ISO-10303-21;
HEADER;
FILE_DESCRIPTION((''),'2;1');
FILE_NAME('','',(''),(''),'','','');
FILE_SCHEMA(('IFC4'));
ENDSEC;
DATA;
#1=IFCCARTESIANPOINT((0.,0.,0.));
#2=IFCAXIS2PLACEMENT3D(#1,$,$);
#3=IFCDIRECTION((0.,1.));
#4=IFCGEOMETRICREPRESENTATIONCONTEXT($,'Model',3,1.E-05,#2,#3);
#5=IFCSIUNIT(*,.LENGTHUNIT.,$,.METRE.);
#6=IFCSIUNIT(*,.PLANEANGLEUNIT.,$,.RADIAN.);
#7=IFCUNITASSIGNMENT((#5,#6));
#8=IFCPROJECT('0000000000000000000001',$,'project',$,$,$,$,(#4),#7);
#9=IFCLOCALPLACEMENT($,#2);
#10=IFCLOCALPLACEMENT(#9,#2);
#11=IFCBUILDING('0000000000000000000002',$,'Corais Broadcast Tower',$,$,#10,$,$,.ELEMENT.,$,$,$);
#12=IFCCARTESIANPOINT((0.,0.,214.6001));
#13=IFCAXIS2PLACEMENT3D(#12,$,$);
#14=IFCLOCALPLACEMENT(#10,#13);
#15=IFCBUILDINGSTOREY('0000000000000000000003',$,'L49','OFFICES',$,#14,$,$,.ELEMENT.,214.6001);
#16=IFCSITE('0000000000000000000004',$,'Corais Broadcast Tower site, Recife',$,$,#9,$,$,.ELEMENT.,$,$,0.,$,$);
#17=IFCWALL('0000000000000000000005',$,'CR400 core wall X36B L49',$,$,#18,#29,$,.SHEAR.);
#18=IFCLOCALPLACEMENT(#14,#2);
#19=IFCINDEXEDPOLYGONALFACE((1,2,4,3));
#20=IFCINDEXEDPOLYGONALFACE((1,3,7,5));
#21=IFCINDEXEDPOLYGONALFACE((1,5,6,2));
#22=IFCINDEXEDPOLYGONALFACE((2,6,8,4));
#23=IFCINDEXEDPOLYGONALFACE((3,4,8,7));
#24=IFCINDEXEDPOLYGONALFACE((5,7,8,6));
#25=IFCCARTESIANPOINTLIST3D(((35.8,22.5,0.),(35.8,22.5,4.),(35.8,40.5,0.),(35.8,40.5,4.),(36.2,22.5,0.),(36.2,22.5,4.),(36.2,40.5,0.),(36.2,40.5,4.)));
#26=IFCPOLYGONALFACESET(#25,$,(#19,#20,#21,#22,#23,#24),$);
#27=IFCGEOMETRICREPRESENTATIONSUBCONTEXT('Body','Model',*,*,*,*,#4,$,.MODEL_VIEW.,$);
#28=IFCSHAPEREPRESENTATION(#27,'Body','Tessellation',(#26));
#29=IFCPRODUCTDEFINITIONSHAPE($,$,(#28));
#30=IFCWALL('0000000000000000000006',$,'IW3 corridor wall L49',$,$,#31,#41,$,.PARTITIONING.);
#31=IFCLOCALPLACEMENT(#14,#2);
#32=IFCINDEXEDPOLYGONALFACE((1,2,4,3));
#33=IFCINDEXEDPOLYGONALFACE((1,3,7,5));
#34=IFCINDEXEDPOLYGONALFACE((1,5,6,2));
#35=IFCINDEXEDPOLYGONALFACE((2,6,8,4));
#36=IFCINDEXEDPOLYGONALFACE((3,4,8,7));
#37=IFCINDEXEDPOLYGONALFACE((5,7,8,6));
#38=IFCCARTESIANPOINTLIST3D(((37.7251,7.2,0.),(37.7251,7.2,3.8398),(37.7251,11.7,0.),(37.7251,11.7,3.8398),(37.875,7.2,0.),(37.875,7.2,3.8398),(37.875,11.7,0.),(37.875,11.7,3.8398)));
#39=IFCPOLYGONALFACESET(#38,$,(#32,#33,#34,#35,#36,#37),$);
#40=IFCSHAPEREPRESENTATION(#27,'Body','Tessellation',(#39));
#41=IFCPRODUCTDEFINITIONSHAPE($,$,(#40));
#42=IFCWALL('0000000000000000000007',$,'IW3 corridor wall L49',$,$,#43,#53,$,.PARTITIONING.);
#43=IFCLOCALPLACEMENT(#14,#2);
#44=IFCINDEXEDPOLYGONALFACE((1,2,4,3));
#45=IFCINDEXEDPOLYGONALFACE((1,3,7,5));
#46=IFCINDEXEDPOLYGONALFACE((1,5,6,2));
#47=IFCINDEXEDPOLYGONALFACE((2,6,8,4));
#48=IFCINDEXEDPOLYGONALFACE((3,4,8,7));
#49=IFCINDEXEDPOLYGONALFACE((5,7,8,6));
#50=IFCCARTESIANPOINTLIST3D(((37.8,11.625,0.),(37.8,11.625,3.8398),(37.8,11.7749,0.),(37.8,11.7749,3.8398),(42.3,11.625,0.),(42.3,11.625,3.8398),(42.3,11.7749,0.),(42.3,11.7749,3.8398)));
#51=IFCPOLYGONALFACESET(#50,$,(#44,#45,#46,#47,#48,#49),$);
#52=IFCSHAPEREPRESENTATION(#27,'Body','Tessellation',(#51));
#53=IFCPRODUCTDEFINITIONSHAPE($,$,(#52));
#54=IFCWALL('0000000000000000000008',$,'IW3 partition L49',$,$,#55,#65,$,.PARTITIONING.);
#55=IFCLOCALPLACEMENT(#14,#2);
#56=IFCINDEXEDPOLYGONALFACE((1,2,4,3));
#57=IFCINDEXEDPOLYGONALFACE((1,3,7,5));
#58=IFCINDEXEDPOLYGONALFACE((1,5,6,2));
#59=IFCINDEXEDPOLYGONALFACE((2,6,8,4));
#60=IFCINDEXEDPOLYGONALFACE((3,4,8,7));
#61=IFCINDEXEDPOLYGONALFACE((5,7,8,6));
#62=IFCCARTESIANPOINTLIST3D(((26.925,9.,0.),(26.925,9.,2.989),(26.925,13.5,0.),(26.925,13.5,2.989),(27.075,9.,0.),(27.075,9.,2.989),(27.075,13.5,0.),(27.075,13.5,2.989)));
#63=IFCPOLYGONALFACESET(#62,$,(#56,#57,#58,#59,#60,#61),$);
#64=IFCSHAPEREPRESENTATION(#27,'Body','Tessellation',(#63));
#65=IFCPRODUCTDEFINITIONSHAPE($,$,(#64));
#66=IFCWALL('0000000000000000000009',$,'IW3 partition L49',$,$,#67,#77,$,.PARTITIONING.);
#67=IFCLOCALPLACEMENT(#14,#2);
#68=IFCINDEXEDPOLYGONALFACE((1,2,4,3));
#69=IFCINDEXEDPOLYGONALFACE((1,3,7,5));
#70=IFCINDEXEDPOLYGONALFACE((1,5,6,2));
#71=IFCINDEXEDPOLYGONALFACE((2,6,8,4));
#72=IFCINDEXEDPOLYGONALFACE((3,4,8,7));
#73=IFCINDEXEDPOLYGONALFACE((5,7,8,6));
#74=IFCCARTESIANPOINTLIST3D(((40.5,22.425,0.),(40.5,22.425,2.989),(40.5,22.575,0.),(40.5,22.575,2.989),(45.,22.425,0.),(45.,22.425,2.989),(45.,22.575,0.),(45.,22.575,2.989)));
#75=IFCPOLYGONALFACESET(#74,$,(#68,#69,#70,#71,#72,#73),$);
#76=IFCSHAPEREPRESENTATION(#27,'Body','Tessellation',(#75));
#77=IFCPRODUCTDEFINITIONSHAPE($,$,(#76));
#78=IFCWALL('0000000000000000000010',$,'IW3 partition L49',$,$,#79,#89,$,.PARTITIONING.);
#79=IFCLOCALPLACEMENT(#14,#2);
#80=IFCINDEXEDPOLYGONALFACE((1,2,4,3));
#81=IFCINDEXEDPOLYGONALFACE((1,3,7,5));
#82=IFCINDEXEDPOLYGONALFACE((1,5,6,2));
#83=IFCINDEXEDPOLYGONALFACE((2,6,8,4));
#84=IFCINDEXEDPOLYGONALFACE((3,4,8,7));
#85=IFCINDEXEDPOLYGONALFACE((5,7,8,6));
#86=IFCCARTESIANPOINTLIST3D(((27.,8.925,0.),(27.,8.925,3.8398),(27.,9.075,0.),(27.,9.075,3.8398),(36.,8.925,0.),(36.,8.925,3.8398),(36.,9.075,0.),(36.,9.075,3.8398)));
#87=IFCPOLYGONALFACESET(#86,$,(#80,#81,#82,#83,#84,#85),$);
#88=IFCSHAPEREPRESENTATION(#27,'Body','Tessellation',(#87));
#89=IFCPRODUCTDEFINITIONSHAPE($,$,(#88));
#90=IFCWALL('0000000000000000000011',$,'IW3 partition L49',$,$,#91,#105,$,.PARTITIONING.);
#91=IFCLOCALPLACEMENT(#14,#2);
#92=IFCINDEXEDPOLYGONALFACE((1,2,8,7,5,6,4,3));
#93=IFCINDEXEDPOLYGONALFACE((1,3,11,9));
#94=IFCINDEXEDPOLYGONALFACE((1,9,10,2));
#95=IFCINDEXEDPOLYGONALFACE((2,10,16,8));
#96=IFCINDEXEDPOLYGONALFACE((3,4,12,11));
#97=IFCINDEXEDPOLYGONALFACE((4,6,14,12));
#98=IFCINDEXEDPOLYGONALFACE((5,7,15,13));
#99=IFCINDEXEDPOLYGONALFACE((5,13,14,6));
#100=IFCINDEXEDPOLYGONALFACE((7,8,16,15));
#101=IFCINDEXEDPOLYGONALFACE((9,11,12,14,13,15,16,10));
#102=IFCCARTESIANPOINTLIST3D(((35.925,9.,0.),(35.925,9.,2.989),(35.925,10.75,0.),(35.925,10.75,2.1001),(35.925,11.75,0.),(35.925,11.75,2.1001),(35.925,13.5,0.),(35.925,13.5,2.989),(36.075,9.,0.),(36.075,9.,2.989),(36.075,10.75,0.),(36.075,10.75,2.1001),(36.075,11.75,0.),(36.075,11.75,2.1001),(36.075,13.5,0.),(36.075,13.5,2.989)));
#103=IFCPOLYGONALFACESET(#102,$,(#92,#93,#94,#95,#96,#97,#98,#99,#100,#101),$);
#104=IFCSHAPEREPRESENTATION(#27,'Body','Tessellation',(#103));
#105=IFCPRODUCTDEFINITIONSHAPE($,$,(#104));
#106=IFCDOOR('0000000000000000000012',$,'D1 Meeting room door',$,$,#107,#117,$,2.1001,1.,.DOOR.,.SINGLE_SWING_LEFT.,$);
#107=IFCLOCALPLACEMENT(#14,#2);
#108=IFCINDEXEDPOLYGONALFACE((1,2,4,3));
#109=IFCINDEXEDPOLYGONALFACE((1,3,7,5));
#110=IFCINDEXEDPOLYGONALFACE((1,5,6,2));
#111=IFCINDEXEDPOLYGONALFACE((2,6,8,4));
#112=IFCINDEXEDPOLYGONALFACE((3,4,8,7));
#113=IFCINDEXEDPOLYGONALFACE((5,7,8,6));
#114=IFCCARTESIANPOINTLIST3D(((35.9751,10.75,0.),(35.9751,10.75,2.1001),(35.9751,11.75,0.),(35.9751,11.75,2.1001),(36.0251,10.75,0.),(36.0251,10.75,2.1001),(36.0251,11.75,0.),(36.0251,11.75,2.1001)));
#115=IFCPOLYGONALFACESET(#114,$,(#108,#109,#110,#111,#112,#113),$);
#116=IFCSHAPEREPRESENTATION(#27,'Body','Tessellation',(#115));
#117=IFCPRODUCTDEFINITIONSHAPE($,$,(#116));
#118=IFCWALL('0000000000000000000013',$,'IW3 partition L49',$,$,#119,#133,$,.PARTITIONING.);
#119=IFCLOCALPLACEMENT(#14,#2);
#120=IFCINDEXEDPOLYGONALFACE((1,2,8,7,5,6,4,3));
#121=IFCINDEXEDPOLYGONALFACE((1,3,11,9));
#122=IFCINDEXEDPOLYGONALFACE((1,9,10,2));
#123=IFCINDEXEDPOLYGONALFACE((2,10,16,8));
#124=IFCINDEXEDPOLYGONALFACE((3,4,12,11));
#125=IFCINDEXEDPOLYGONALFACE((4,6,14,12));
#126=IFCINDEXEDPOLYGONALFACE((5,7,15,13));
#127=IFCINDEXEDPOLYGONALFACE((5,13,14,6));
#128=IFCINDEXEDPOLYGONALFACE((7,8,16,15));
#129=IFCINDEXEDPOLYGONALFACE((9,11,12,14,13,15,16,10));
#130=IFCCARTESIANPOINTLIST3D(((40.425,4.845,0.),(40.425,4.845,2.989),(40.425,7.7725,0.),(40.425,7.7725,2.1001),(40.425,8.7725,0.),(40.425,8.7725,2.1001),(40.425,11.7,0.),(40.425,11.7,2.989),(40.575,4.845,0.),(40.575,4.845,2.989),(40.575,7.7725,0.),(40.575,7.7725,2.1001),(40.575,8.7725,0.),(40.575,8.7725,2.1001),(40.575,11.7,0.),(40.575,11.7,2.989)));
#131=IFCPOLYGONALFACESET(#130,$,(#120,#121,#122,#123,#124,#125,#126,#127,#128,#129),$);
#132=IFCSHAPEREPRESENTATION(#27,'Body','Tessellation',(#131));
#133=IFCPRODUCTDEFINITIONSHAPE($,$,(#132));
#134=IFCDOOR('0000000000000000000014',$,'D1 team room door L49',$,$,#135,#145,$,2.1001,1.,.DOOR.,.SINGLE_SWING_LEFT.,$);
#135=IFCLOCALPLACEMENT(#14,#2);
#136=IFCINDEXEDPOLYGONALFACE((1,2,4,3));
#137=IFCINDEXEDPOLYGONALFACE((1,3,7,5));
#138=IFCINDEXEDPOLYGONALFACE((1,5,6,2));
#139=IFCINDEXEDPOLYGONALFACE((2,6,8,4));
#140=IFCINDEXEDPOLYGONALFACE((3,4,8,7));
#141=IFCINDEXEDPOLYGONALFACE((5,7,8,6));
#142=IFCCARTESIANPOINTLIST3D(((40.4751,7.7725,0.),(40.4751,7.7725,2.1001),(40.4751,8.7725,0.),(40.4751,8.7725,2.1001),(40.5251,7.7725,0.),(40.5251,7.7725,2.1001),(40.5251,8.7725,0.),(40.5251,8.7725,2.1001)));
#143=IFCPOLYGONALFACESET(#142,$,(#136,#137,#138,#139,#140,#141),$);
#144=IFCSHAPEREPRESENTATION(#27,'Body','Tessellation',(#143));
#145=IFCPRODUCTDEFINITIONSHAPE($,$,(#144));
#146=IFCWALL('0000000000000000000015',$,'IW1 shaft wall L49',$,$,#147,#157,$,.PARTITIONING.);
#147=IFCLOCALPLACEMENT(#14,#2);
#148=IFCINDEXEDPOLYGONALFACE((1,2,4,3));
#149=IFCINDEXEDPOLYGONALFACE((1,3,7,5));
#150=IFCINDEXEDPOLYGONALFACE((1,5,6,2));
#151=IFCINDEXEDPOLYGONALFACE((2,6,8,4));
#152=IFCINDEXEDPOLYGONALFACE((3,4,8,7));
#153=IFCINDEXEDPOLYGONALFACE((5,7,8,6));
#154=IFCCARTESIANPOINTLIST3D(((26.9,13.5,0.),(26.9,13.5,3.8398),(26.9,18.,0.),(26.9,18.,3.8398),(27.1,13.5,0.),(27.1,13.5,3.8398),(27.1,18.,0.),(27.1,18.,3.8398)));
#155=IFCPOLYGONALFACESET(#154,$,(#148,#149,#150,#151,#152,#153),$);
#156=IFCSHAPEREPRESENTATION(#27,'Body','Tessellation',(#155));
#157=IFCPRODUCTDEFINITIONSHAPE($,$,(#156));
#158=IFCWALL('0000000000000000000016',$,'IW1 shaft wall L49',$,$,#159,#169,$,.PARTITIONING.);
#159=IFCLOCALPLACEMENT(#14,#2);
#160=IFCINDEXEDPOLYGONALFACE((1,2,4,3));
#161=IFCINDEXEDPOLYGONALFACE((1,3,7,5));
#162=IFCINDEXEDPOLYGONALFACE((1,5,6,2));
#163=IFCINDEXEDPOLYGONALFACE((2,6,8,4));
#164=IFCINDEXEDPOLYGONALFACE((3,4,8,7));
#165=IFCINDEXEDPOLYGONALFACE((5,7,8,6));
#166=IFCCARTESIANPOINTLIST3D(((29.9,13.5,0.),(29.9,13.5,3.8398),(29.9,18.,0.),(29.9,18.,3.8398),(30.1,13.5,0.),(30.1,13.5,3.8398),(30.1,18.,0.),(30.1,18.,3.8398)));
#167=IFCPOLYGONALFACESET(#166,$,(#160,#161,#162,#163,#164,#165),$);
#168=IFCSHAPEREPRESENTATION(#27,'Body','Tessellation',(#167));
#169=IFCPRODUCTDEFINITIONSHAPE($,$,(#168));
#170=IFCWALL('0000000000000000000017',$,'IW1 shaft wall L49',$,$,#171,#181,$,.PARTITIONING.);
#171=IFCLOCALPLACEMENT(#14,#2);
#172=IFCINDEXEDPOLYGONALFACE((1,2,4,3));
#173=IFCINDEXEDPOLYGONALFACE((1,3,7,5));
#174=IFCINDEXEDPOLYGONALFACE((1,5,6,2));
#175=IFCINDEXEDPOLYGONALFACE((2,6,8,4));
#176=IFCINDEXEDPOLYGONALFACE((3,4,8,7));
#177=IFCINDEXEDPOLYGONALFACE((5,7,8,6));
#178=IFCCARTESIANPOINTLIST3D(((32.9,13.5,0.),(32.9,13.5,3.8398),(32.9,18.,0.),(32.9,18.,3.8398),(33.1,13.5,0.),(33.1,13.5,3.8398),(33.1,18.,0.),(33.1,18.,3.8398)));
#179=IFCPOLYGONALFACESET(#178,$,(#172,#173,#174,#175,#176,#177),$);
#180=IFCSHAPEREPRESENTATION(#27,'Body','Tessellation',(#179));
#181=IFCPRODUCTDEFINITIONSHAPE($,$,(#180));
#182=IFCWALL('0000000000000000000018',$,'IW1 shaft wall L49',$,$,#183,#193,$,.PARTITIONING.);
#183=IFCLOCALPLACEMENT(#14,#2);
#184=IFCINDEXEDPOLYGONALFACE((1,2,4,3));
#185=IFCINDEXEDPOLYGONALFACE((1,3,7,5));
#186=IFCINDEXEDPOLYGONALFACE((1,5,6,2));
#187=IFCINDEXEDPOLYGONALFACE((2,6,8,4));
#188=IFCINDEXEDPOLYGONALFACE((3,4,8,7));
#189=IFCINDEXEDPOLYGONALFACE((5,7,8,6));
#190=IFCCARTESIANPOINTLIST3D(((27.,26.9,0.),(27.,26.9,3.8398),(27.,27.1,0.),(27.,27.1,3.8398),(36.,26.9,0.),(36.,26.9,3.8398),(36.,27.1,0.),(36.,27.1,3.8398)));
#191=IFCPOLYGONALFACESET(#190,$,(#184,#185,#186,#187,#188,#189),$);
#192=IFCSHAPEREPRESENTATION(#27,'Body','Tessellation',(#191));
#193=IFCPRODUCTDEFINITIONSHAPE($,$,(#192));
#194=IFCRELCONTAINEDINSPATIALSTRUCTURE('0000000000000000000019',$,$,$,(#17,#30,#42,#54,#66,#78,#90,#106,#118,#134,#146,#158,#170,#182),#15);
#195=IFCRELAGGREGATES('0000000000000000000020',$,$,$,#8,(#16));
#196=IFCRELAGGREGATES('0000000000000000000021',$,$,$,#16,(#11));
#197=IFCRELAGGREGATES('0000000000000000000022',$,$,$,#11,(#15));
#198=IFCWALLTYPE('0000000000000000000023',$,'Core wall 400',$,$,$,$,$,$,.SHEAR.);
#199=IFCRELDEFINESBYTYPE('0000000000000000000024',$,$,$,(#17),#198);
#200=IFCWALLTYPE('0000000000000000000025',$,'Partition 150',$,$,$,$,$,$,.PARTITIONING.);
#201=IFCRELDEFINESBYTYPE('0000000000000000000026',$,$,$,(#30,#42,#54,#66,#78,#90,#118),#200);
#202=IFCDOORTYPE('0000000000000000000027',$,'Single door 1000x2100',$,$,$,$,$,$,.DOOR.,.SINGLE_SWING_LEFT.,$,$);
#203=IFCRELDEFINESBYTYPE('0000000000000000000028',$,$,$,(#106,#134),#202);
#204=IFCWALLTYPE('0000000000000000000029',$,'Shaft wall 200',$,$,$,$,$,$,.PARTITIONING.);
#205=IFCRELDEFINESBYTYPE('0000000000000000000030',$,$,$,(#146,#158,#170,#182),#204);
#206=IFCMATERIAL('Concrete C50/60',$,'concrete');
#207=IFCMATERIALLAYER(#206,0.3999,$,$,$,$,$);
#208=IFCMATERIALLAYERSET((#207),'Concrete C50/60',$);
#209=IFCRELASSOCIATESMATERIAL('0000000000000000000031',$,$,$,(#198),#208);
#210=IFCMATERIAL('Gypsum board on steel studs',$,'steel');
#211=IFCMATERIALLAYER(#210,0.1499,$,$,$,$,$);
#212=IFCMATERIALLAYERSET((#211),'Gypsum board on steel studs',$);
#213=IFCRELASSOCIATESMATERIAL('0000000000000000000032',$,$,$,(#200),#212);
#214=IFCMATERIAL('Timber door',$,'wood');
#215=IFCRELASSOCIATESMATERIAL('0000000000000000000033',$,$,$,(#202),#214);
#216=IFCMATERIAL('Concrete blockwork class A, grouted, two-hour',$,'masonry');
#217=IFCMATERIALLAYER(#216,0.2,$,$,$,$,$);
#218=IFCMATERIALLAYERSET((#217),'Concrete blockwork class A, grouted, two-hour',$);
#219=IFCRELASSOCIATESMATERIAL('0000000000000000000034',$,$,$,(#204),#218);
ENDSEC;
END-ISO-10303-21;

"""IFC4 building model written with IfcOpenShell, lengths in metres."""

from ifc_helpers import new_model, si_unit, direction, frame, frame_2d, origin, place, context, subcontext, project, spatial, rectangle, extrude, material, layer, layer_set, type_object, element, fill, save


model = new_model("IFC4")

# Units and contexts
model_context = context("Model", 3, precision=1e-05, world=origin(), true_north=direction((0.0, 1.0)))
body_context = subcontext(model_context, "Body", "Model", "MODEL_VIEW")
ifc_project = project(units=[si_unit("LENGTHUNIT", "METRE"), si_unit("PLANEANGLEUNIT", "RADIAN")], contexts=[model_context])

# Site, building, storey
site_placement = place(None, origin())
site = spatial("IfcSite", under=ifc_project, at=site_placement, Name="Corais Broadcast Tower site, Recife", CompositionType="ELEMENT", RefElevation=0.0)
building_placement = place(site_placement, origin())
building = spatial("IfcBuilding", under=site, at=building_placement, Name="Corais Broadcast Tower", CompositionType="ELEMENT")
storey_placement = place(building_placement, frame((0.0, 0.0, 214.6001)))
storey = spatial("IfcBuildingStorey", under=building, at=storey_placement, Name="L49", Description="OFFICES", CompositionType="ELEMENT", Elevation=214.6001)

# Shared definitions
ifc_material_1 = material(Name="Concrete C50/60", Category="concrete")
ifc_layer_1 = layer(ifc_material_1, 0.3999)
ifc_layer_set_1 = layer_set([ifc_layer_1], Name="Concrete C50/60")
wall_type_1 = type_object("IfcWallType", Name="Core wall 400", PredefinedType="SHEAR", material=ifc_layer_set_1)

# Walls
wall_1_placement = place(storey_placement, frame((36.0, 22.5, 0.0), z_axis=(0.0, 0.0, 1.0), x_axis=(0.0, 1.0, 0.0)))
element("IfcWall", 1, at=wall_1_placement, inside=storey, type_object=wall_type_1, Name="CR400 core wall X36B L49", PredefinedType="SHEAR", context=body_context, shape_type="SweptSolid", body=[
    extrude(rectangle(XDim=18.0, YDim=0.3999, at=frame_2d((9.0, 0.0))), origin(), (0.0, 0.0, 1.0), 4.0),
])
ifc_material_2 = material(Name="Gypsum board on steel studs", Category="steel")
ifc_layer_2 = layer(ifc_material_2, 0.1499)
ifc_layer_set_2 = layer_set([ifc_layer_2], Name="Gypsum board on steel studs")
wall_type_2 = type_object("IfcWallType", Name="Partition 150", PredefinedType="PARTITIONING", material=ifc_layer_set_2)
for number, where, z_axis, x_axis, name in (
    (2, (37.8, 7.2, 0.0), (0.0, 0.0, 1.0), (0.0, 1.0, 0.0), "IW3 corridor wall L49"),
    (3, (37.8, 11.7, 0.0), (0.0, 0.0, 1.0), (1.0, 0.0, 0.0), "IW3 corridor wall L49"),
):
    element("IfcWall", number, at=place(storey_placement, frame(where, z_axis=z_axis, x_axis=x_axis)), inside=storey, type_object=wall_type_2, Name=name, PredefinedType="PARTITIONING", context=body_context, shape_type="SweptSolid", body=[
        extrude(rectangle(XDim=4.5, YDim=0.1499, at=frame_2d((2.25, 0.0))), origin(), (0.0, 0.0, 1.0), 3.8398),
    ])
for number, where, z_axis, x_axis, name in (
    (4, (27.0, 9.0, 0.0), (0.0, 0.0, 1.0), (0.0, 1.0, 0.0), "IW3 partition L49"),
    (5, (40.5, 22.5, 0.0), (0.0, 0.0, 1.0), (1.0, 0.0, 0.0), "IW3 partition L49"),
):
    element("IfcWall", number, at=place(storey_placement, frame(where, z_axis=z_axis, x_axis=x_axis)), inside=storey, type_object=wall_type_2, Name=name, PredefinedType="PARTITIONING", context=body_context, shape_type="SweptSolid", body=[
        extrude(rectangle(XDim=4.5, YDim=0.1499, at=frame_2d((2.25, 0.0))), origin(), (0.0, 0.0, 1.0), 2.989),
    ])
wall_2_placement = place(storey_placement, frame((27.0, 9.0, 0.0), z_axis=(0.0, 0.0, 1.0), x_axis=(1.0, 0.0, 0.0)))
element("IfcWall", 6, at=wall_2_placement, inside=storey, type_object=wall_type_2, Name="IW3 partition L49", PredefinedType="PARTITIONING", context=body_context, shape_type="SweptSolid", body=[
    extrude(rectangle(XDim=9.0, YDim=0.1499, at=frame_2d((4.5, 0.0))), origin(), (0.0, 0.0, 1.0), 3.8398),
])

# Walls, openings, doors
wall_3_placement = place(storey_placement, frame((36.0, 9.0, 0.0), z_axis=(0.0, 0.0, 1.0), x_axis=(0.0, 1.0, 0.0)))
wall_3 = element("IfcWall", 7, at=wall_3_placement, inside=storey, type_object=wall_type_2, Name="IW3 partition L49", PredefinedType="PARTITIONING", context=body_context, shape_type="SweptSolid", body=[
    extrude(rectangle(XDim=4.5, YDim=0.1499, at=frame_2d((2.25, 0.0))), origin(), (0.0, 0.0, 1.0), 2.989),
])
opening_1_placement = place(wall_3_placement, frame((1.75, 0.0, 0.0)))
opening_1 = element("IfcOpeningElement", 8, at=opening_1_placement, cuts=wall_3, PredefinedType="OPENING", context=body_context, shape_type="SweptSolid", body=[
    extrude(rectangle(XDim=1.0, YDim=2.1001, at=frame_2d((0.5, 1.05))), frame((0.0, 0.085, 0.0), z_axis=(0.0, -1.0, 0.0), x_axis=(1.0, 0.0, 0.0)), (0.0, 0.0, 1.0), 0.1699),
])
ifc_material_3 = material(Name="Timber door", Category="wood")
door_type_1 = type_object("IfcDoorType", Name="Single door 1000x2100", OperationType="SINGLE_SWING_LEFT", PredefinedType="DOOR", material=ifc_material_3)
door_1_placement = place(opening_1_placement, origin())
door_1 = element("IfcDoor", 9, at=door_1_placement, inside=storey, type_object=door_type_1, Name="D1 Meeting room door", OperationType="SINGLE_SWING_LEFT", OverallHeight=2.1001, OverallWidth=1.0, PredefinedType="DOOR", context=body_context, shape_type="SweptSolid", body=[
    extrude(rectangle(XDim=1.0, YDim=2.1001, at=frame_2d((0.5, 1.05))), frame((0.0, 0.0249, 0.0), z_axis=(0.0, -1.0, 0.0), x_axis=(1.0, 0.0, 0.0)), (0.0, 0.0, 1.0), 0.05),
])
fill(opening_1, door_1)
wall_4_placement = place(storey_placement, frame((40.5, 4.845, 0.0), z_axis=(0.0, 0.0, 1.0), x_axis=(0.0, 1.0, 0.0)))
wall_4 = element("IfcWall", 10, at=wall_4_placement, inside=storey, type_object=wall_type_2, Name="IW3 partition L49", PredefinedType="PARTITIONING", context=body_context, shape_type="SweptSolid", body=[
    extrude(rectangle(XDim=6.855, YDim=0.1499, at=frame_2d((3.4275, 0.0))), origin(), (0.0, 0.0, 1.0), 2.989),
])
opening_2_placement = place(wall_4_placement, frame((2.9275, 0.0, 0.0)))
opening_2 = element("IfcOpeningElement", 11, at=opening_2_placement, cuts=wall_4, PredefinedType="OPENING", context=body_context, shape_type="SweptSolid", body=[
    extrude(rectangle(XDim=1.0, YDim=2.1001, at=frame_2d((0.5, 1.05))), frame((0.0, 0.085, 0.0), z_axis=(0.0, -1.0, 0.0), x_axis=(1.0, 0.0, 0.0)), (0.0, 0.0, 1.0), 0.1699),
])
door_2_placement = place(opening_2_placement, origin())
door_2 = element("IfcDoor", 12, at=door_2_placement, inside=storey, type_object=door_type_1, Name="D1 team room door L49", OperationType="SINGLE_SWING_LEFT", OverallHeight=2.1001, OverallWidth=1.0, PredefinedType="DOOR", context=body_context, shape_type="SweptSolid", body=[
    extrude(rectangle(XDim=1.0, YDim=2.1001, at=frame_2d((0.5, 1.05))), frame((0.0, 0.0249, 0.0), z_axis=(0.0, -1.0, 0.0), x_axis=(1.0, 0.0, 0.0)), (0.0, 0.0, 1.0), 0.05),
])
fill(opening_2, door_2)

# Walls
ifc_material_4 = material(Name="Concrete blockwork class A, grouted, two-hour", Category="masonry")
ifc_layer_3 = layer(ifc_material_4, 0.2)
ifc_layer_set_3 = layer_set([ifc_layer_3], Name="Concrete blockwork class A, grouted, two-hour")
wall_type_3 = type_object("IfcWallType", Name="Shaft wall 200", PredefinedType="PARTITIONING", material=ifc_layer_set_3)
for number, where, z_axis, x_axis, name in (
    (13, (27.0, 13.5, 0.0), (0.0, 0.0, 1.0), (0.0, 1.0, 0.0), "IW1 shaft wall L49"),
    (14, (30.0, 13.5, 0.0), (0.0, 0.0, 1.0), (0.0, 1.0, 0.0), "IW1 shaft wall L49"),
    (15, (33.0, 13.5, 0.0), (0.0, 0.0, 1.0), (0.0, 1.0, 0.0), "IW1 shaft wall L49"),
):
    element("IfcWall", number, at=place(storey_placement, frame(where, z_axis=z_axis, x_axis=x_axis)), inside=storey, type_object=wall_type_3, Name=name, PredefinedType="PARTITIONING", context=body_context, shape_type="SweptSolid", body=[
        extrude(rectangle(XDim=4.5, YDim=0.2, at=frame_2d((2.25, 0.0))), origin(), (0.0, 0.0, 1.0), 3.8398),
    ])
wall_5_placement = place(storey_placement, frame((27.0, 27.0, 0.0), z_axis=(0.0, 0.0, 1.0), x_axis=(1.0, 0.0, 0.0)))
element("IfcWall", 16, at=wall_5_placement, inside=storey, type_object=wall_type_3, Name="IW1 shaft wall L49", PredefinedType="PARTITIONING", context=body_context, shape_type="SweptSolid", body=[
    extrude(rectangle(XDim=9.0, YDim=0.2, at=frame_2d((4.5, 0.0))), origin(), (0.0, 0.0, 1.0), 3.8398),
])

save(model, "model.ifc")
